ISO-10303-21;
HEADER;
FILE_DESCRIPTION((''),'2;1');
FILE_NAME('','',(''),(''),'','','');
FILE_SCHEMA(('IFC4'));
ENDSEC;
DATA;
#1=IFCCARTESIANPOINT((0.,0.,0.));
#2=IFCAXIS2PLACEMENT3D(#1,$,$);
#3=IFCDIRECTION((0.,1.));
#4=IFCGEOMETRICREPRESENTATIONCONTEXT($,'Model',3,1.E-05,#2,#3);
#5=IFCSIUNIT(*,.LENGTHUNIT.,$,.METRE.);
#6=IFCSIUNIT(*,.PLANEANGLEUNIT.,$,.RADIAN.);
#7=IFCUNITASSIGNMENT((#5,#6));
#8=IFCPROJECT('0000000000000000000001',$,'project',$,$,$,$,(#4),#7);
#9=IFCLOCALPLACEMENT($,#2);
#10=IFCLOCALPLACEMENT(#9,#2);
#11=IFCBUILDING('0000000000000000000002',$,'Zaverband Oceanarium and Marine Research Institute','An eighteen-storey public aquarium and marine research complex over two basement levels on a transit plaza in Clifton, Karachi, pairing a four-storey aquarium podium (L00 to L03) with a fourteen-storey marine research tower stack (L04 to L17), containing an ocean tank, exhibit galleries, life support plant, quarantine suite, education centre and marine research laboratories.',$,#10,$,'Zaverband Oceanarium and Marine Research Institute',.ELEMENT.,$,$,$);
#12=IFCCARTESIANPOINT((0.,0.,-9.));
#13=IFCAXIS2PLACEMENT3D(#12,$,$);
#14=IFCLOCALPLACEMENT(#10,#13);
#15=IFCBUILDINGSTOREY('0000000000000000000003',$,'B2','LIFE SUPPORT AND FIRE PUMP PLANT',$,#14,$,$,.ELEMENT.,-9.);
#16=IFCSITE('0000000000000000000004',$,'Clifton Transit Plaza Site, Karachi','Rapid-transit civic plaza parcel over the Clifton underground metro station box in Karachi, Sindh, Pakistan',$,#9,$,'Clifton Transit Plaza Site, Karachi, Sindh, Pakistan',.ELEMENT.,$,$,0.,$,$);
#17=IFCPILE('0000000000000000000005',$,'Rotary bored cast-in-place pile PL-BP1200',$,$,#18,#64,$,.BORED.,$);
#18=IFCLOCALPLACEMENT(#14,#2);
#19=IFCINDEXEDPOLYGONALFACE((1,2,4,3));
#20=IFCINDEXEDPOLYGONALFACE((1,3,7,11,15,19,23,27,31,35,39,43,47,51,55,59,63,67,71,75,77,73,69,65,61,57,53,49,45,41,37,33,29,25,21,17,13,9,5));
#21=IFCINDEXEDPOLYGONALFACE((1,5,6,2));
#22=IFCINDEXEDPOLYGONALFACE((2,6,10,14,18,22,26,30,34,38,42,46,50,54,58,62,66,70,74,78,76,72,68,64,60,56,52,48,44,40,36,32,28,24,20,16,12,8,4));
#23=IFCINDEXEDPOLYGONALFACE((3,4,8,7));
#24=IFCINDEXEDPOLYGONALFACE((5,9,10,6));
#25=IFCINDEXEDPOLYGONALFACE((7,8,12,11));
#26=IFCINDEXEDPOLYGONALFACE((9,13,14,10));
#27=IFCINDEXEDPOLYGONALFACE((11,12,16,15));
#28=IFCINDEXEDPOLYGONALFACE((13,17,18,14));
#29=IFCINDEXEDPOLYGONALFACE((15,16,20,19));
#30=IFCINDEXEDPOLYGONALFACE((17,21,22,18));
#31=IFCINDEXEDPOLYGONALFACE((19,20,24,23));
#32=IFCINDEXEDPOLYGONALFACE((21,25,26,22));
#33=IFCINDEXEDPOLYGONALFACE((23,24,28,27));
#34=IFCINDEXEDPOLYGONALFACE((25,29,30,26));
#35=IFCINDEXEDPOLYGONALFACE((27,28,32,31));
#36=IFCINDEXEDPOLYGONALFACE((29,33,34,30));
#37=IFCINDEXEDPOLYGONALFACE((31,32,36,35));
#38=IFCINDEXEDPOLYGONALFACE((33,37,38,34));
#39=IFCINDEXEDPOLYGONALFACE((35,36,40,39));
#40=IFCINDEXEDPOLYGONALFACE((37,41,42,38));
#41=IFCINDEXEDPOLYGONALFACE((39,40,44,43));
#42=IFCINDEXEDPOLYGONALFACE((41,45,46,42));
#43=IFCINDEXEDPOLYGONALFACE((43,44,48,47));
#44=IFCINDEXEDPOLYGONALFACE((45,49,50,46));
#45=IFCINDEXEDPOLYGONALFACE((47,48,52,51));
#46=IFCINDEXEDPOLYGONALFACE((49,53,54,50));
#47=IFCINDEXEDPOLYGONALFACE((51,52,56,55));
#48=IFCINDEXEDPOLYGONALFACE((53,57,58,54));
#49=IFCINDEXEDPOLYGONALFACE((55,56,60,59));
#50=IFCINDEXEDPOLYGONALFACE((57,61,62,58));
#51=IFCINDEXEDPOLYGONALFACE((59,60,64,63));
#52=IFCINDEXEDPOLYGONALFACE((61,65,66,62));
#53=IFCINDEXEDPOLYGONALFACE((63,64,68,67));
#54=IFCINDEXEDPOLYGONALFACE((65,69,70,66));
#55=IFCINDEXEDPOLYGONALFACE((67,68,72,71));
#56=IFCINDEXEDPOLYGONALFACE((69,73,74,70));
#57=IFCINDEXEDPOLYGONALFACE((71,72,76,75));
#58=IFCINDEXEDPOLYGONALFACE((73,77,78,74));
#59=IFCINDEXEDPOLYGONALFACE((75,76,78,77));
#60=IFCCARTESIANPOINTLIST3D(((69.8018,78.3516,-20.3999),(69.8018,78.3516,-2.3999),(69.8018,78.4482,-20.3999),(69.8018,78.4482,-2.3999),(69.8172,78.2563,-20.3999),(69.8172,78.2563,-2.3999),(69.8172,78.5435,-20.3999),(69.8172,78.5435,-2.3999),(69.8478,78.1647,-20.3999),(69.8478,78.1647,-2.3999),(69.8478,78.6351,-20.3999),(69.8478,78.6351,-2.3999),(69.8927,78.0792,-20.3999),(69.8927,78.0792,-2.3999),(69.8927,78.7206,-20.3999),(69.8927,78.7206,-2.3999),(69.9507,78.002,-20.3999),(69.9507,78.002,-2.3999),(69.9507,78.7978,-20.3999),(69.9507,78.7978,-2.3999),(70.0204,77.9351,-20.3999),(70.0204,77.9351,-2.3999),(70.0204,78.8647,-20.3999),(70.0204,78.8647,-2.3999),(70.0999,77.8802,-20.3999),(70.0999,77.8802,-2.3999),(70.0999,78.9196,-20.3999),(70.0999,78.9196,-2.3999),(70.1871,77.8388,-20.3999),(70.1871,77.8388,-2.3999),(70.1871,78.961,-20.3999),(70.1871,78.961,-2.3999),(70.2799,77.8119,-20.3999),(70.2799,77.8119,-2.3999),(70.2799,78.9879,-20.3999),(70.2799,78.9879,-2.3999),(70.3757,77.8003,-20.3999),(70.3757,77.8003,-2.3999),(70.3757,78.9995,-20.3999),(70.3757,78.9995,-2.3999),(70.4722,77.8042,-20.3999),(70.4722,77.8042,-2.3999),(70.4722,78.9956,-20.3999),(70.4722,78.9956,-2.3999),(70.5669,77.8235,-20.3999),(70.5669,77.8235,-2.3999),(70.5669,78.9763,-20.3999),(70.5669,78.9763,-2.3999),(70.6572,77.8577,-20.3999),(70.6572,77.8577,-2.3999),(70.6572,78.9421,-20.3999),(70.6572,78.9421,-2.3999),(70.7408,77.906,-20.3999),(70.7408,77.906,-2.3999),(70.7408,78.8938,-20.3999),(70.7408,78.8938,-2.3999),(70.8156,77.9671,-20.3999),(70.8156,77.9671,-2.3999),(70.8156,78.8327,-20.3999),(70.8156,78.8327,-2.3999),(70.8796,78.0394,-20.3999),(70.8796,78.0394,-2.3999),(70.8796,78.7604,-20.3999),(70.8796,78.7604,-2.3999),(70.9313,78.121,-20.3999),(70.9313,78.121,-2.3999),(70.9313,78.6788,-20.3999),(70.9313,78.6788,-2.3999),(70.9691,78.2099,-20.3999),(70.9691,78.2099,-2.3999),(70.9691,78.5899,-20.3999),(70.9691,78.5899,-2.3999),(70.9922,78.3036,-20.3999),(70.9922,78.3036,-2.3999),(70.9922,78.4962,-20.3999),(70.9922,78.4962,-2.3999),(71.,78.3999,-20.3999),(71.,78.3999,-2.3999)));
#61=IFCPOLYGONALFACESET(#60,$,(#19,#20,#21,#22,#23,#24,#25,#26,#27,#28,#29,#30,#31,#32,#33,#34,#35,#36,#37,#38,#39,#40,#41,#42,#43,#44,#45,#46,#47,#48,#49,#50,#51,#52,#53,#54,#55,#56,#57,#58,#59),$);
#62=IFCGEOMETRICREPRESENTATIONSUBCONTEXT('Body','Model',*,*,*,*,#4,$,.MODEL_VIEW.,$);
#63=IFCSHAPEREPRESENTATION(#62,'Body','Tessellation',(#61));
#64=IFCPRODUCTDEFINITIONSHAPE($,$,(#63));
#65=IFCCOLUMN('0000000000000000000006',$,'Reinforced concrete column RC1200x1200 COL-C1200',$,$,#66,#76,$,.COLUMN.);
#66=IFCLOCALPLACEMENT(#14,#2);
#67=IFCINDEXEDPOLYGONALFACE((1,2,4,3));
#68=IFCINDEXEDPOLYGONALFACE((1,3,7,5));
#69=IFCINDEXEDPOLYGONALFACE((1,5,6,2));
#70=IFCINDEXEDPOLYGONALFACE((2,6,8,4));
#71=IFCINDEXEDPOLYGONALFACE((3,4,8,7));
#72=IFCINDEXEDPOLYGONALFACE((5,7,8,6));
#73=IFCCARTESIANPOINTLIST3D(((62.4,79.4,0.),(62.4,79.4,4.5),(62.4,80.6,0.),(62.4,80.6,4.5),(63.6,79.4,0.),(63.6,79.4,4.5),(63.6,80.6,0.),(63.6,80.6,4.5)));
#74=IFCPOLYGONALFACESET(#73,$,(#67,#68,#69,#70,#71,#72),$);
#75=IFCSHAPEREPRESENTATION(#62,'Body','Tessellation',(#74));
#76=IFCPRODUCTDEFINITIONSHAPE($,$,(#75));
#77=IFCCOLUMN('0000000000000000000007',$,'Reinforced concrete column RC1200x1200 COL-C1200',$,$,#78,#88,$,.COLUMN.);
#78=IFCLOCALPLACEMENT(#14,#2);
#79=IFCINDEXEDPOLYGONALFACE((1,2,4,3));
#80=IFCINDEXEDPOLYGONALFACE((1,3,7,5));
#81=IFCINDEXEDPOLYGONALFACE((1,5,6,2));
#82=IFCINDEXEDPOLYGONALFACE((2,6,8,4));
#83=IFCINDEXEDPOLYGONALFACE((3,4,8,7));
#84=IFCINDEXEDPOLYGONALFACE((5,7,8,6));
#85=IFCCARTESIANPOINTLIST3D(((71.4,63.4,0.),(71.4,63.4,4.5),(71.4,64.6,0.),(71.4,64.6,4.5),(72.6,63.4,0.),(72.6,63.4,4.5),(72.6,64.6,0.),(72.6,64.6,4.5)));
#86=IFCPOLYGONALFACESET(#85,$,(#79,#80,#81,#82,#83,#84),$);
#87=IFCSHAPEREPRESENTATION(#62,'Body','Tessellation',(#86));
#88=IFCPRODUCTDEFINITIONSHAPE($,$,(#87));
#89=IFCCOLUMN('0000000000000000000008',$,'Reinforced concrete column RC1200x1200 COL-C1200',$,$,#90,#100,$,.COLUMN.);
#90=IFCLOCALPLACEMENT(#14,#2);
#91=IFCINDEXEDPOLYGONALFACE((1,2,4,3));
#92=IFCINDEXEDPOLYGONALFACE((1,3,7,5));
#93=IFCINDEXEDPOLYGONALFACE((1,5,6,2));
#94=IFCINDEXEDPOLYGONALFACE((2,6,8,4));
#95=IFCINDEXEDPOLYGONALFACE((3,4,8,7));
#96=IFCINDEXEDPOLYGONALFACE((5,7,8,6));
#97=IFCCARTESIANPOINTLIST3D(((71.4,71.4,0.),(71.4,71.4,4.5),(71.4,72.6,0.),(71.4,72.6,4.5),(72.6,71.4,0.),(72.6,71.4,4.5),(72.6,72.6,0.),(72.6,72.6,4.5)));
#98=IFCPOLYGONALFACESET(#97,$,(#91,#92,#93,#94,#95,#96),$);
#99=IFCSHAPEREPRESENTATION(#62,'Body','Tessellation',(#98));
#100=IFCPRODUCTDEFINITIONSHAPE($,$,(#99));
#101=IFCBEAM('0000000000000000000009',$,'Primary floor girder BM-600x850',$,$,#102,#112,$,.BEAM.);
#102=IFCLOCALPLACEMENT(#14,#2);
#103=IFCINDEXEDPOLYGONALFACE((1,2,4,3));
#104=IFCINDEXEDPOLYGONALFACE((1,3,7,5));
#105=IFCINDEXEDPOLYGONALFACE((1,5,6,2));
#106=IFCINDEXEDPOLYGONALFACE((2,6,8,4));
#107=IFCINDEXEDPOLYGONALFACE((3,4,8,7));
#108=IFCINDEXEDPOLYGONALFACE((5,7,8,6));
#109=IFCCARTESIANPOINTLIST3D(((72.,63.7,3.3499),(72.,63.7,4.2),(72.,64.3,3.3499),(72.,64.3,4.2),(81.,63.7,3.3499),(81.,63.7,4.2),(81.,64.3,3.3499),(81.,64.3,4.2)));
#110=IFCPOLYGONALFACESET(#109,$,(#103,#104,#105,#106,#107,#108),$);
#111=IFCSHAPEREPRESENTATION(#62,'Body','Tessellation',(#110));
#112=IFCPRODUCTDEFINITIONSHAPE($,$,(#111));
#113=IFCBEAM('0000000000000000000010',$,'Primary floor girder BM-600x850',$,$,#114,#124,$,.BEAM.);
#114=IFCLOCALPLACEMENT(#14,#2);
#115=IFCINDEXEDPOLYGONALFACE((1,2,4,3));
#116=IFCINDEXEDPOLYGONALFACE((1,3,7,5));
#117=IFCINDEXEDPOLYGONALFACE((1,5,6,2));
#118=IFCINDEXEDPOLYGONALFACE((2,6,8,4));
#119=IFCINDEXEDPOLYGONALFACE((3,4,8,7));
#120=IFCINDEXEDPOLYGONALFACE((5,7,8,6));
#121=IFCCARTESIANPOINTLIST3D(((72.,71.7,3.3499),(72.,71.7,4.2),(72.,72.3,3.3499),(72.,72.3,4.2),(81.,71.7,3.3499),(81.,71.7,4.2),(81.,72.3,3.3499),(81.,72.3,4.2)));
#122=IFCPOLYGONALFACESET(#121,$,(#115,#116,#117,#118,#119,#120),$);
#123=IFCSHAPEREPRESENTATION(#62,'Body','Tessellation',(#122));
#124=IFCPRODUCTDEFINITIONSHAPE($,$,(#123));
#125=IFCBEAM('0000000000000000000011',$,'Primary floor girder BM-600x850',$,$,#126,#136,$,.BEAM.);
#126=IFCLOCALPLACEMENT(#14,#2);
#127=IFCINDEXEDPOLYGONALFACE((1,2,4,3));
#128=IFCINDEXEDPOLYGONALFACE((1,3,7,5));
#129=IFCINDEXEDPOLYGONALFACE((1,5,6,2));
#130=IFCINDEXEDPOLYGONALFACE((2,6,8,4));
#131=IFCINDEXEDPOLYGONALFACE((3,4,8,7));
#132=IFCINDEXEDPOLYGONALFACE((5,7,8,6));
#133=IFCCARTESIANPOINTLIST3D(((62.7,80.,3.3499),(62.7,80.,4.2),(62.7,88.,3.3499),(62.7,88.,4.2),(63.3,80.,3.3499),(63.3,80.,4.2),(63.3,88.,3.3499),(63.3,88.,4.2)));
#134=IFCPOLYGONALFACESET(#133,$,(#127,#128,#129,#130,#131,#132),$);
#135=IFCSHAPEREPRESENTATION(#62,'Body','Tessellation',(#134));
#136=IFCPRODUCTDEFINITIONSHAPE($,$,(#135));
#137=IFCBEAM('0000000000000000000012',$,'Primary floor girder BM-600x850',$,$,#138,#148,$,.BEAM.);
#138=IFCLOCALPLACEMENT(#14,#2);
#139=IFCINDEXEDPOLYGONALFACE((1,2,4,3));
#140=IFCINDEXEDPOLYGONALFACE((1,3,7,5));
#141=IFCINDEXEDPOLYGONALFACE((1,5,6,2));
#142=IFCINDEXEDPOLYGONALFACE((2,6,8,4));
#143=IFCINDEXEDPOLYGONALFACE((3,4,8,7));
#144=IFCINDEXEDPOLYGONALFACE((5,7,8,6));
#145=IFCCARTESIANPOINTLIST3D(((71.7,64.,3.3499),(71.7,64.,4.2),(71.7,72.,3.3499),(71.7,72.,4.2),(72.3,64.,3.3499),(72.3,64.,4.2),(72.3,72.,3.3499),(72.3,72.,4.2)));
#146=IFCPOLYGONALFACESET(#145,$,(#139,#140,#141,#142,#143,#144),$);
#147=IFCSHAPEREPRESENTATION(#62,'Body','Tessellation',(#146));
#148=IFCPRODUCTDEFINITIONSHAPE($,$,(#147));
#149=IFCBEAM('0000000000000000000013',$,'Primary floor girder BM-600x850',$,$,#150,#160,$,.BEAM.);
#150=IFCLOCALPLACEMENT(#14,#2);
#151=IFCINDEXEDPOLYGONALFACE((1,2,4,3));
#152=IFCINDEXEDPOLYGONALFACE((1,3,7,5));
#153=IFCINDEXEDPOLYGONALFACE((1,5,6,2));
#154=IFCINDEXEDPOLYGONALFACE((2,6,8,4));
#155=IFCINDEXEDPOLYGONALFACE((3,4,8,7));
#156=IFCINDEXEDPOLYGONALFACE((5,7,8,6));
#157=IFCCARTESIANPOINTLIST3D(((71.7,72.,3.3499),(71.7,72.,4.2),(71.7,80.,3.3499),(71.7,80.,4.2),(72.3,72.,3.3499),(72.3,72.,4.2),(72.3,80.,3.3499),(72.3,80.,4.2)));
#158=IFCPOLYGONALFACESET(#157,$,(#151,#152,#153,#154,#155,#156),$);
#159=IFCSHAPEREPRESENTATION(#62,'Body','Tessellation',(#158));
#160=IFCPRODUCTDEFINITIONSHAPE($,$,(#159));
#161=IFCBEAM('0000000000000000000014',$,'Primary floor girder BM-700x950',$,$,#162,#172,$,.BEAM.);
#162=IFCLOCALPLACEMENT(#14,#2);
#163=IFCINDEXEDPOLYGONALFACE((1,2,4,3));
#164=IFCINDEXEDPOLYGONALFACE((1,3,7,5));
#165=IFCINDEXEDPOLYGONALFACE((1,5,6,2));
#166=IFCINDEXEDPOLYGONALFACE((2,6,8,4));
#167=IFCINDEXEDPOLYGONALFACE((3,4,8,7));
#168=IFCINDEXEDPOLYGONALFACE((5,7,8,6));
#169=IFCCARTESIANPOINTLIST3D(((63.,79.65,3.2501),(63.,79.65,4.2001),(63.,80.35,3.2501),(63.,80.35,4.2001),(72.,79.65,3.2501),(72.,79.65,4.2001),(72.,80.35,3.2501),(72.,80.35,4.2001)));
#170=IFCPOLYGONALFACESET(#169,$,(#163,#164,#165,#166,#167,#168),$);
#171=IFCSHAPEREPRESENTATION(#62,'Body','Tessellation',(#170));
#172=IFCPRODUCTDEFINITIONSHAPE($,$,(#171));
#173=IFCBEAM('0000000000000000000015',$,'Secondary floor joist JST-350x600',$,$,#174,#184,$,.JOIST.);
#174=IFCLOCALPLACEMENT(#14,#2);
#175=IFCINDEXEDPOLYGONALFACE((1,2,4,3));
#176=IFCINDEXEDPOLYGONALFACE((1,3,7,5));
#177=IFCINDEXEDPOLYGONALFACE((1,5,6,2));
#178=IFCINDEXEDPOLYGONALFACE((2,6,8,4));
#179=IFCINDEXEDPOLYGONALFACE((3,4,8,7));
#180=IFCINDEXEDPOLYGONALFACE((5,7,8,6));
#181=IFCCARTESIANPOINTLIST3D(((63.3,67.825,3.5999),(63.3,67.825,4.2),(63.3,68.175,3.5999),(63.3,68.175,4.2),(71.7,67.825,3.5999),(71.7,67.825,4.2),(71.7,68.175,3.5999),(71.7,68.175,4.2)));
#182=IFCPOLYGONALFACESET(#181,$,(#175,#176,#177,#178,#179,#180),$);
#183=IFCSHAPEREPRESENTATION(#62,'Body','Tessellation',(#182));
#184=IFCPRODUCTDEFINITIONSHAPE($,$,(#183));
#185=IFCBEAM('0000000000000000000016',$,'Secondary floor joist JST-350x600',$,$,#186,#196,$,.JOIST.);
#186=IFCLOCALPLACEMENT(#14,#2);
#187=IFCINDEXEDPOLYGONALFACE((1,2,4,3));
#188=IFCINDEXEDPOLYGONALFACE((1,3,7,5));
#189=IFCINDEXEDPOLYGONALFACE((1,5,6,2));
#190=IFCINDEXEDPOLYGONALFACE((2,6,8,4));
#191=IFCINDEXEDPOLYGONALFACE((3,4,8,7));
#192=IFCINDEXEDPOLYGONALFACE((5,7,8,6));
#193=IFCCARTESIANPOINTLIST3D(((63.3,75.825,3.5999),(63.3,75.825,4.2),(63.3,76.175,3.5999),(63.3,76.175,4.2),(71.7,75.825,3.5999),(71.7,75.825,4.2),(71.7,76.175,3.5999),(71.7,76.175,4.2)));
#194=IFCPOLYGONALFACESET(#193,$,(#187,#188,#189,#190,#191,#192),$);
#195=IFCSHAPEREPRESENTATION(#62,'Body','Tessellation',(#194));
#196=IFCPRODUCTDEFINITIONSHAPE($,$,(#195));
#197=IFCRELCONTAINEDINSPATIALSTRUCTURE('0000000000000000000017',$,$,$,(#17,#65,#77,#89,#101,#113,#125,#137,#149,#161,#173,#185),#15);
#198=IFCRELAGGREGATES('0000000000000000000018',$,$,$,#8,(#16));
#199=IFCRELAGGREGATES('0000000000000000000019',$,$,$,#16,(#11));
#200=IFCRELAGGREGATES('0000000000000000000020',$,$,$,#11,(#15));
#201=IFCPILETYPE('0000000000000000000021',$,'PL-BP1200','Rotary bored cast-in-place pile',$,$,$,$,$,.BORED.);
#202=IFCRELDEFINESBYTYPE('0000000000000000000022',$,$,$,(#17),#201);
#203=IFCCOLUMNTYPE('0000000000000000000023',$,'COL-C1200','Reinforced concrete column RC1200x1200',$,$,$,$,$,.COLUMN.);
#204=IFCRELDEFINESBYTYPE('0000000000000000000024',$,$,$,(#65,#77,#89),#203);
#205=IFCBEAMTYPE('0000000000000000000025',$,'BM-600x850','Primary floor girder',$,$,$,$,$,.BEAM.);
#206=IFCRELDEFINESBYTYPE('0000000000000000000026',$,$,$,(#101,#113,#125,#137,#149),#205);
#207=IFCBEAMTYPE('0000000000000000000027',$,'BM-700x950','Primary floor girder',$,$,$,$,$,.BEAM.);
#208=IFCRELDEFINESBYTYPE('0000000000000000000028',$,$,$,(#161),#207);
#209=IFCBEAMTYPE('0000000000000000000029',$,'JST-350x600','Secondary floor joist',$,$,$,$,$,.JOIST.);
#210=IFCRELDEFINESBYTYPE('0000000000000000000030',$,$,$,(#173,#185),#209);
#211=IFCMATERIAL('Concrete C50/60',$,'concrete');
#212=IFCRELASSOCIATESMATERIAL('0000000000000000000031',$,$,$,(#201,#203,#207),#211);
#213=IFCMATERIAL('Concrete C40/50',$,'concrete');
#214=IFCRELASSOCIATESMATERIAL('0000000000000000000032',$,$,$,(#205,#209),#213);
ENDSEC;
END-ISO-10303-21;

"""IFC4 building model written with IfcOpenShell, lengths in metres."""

from ifc_helpers import new_model, si_unit, direction, frame, origin, origin_2d, place, context, subcontext, project, spatial, rectangle, circle, extrude, material, material_profile, profile_set, type_object, element, save


model = new_model("IFC4")

# Units and contexts
model_context = context("Model", 3, precision=1e-05, world=origin(), true_north=direction((0.0, 1.0)))
body_context = subcontext(model_context, "Body", "Model", "MODEL_VIEW")
ifc_project = project(units=[si_unit("LENGTHUNIT", "METRE"), si_unit("PLANEANGLEUNIT", "RADIAN")], contexts=[model_context])

# Site, building, storey
site_placement = place(None, origin())
site = spatial("IfcSite", under=ifc_project, at=site_placement, Name="Clifton Transit Plaza Site, Karachi", Description="Rapid-transit civic plaza parcel over the Clifton underground metro station box in Karachi, Sindh, Pakistan", LongName="Clifton Transit Plaza Site, Karachi, Sindh, Pakistan", CompositionType="ELEMENT", RefElevation=0.0)
building_placement = place(site_placement, origin())
building = spatial("IfcBuilding", under=site, at=building_placement, Name="Zaverband Oceanarium and Marine Research Institute", Description="An eighteen-storey public aquarium and marine research complex over two basement levels on a transit plaza in Clifton, Karachi, pairing a four-storey aquarium podium (L00 to L03) with a fourteen-storey marine research tower stack (L04 to L17), containing an ocean tank, exhibit galleries, life support plant, quarantine suite, education centre and marine research laboratories.", LongName="Zaverband Oceanarium and Marine Research Institute", CompositionType="ELEMENT")
storey_placement = place(building_placement, frame((0.0, 0.0, -9.0)))
storey = spatial("IfcBuildingStorey", under=building, at=storey_placement, Name="B2", Description="LIFE SUPPORT AND FIRE PUMP PLANT", CompositionType="ELEMENT", Elevation=-9.0)

# Shared definitions
ifc_material_1 = material(Name="Concrete C50/60", Category="concrete")

# Pile
ifc_material_profile_1 = material_profile(ifc_material_1, circle(Radius=0.6001, at=origin_2d()), Name="BP1200")
ifc_profile_set_1 = profile_set([ifc_material_profile_1], Name="Concrete C50/60")
pile_type = type_object("IfcPileType", Name="PL-BP1200", Description="Rotary bored cast-in-place pile", PredefinedType="BORED", material=ifc_profile_set_1)
for number, where, z_axis, x_axis, name in (
    (1, (70.3999, 78.3999, -2.3999), (0.0, 0.0, -1.0), (1.0, 0.0, 0.0), "Rotary bored cast-in-place pile PL-BP1200"),
):
    element("IfcPile", number, at=place(storey_placement, frame(where, z_axis=z_axis, x_axis=x_axis)), inside=storey, type_object=pile_type, Name=name, PredefinedType="BORED", context=body_context, shape_type="SweptSolid", body=[
        extrude(circle(Radius=0.6001, at=origin_2d()), origin(), (0.0, 0.0, 1.0), 18.0),
    ])

# Columns
ifc_material_profile_2 = material_profile(ifc_material_1, rectangle(XDim=1.2, YDim=1.2, at=origin_2d()), Name="RC1200x1200")
ifc_profile_set_2 = profile_set([ifc_material_profile_2], Name="Concrete C50/60")
column_type = type_object("IfcColumnType", Name="COL-C1200", Description="Reinforced concrete column RC1200x1200", PredefinedType="COLUMN", material=ifc_profile_set_2)
for number, where, z_axis, x_axis, name in (
    (2, (63.0, 80.0, 0.0), (0.0, 0.0, 1.0), (1.0, 0.0, 0.0), "Reinforced concrete column RC1200x1200 COL-C1200"),
    (3, (72.0, 64.0, 0.0), (0.0, 0.0, 1.0), (1.0, 0.0, 0.0), "Reinforced concrete column RC1200x1200 COL-C1200"),
    (4, (72.0, 72.0, 0.0), (0.0, 0.0, 1.0), (1.0, 0.0, 0.0), "Reinforced concrete column RC1200x1200 COL-C1200"),
):
    element("IfcColumn", number, at=place(storey_placement, frame(where, z_axis=z_axis, x_axis=x_axis)), inside=storey, type_object=column_type, Name=name, PredefinedType="COLUMN", context=body_context, shape_type="SweptSolid", body=[
        extrude(rectangle(XDim=1.2, YDim=1.2, at=origin_2d()), origin(), (0.0, 0.0, 1.0), 4.5),
    ])

# Beams
ifc_material_2 = material(Name="Concrete C40/50", Category="concrete")
ifc_material_profile_3 = material_profile(ifc_material_2, rectangle(XDim=0.6001, YDim=0.8501, at=origin_2d()), Name="RC600x850")
ifc_profile_set_3 = profile_set([ifc_material_profile_3], Name="Concrete C40/50")
beam_type_1 = type_object("IfcBeamType", Name="BM-600x850", Description="Primary floor girder", PredefinedType="BEAM", material=ifc_profile_set_3)
for number, where, z_axis, x_axis, name in (
    (5, (72.0, 64.0, 3.7749), (1.0, 0.0, 0.0), (0.0, 1.0, 0.0), "Primary floor girder BM-600x850"),
    (6, (72.0, 72.0, 3.7749), (1.0, 0.0, 0.0), (0.0, 1.0, 0.0), "Primary floor girder BM-600x850"),
):
    element("IfcBeam", number, at=place(storey_placement, frame(where, z_axis=z_axis, x_axis=x_axis)), inside=storey, type_object=beam_type_1, Name=name, PredefinedType="BEAM", context=body_context, shape_type="SweptSolid", body=[
        extrude(rectangle(XDim=0.6001, YDim=0.8501, at=origin_2d()), origin(), (0.0, 0.0, 1.0), 9.0),
    ])
for number, where, z_axis, x_axis, name in (
    (7, (63.0, 80.0, 3.7749), (0.0, 1.0, 0.0), (-1.0, 0.0, 0.0), "Primary floor girder BM-600x850"),
    (8, (72.0, 64.0, 3.7749), (0.0, 1.0, 0.0), (-1.0, 0.0, 0.0), "Primary floor girder BM-600x850"),
    (9, (72.0, 72.0, 3.7749), (0.0, 1.0, 0.0), (-1.0, 0.0, 0.0), "Primary floor girder BM-600x850"),
):
    element("IfcBeam", number, at=place(storey_placement, frame(where, z_axis=z_axis, x_axis=x_axis)), inside=storey, type_object=beam_type_1, Name=name, PredefinedType="BEAM", context=body_context, shape_type="SweptSolid", body=[
        extrude(rectangle(XDim=0.6001, YDim=0.8501, at=origin_2d()), origin(), (0.0, 0.0, 1.0), 8.0),
    ])
ifc_material_profile_4 = material_profile(ifc_material_1, rectangle(XDim=0.7, YDim=0.95, at=origin_2d()), Name="RC700x950")
ifc_profile_set_4 = profile_set([ifc_material_profile_4], Name="Concrete C50/60")
beam_type_2 = type_object("IfcBeamType", Name="BM-700x950", Description="Primary floor girder", PredefinedType="BEAM", material=ifc_profile_set_4)
beam_placement = place(storey_placement, frame((63.0, 80.0, 3.7251), z_axis=(1.0, 0.0, 0.0), x_axis=(0.0, 1.0, 0.0)))
element("IfcBeam", 10, at=beam_placement, inside=storey, type_object=beam_type_2, Name="Primary floor girder BM-700x950", PredefinedType="BEAM", context=body_context, shape_type="SweptSolid", body=[
    extrude(rectangle(XDim=0.7, YDim=0.95, at=origin_2d()), origin(), (0.0, 0.0, 1.0), 9.0),
])
ifc_material_profile_5 = material_profile(ifc_material_2, rectangle(XDim=0.3501, YDim=0.6001, at=origin_2d()), Name="RC350x600")
ifc_profile_set_5 = profile_set([ifc_material_profile_5], Name="Concrete C40/50")
beam_type_3 = type_object("IfcBeamType", Name="JST-350x600", Description="Secondary floor joist", PredefinedType="JOIST", material=ifc_profile_set_5)
for number, where, z_axis, x_axis, name in (
    (11, (63.3, 68.0, 3.8999), (1.0, 0.0, 0.0), (0.0, 1.0, 0.0), "Secondary floor joist JST-350x600"),
    (12, (63.3, 76.0, 3.8999), (1.0, 0.0, 0.0), (0.0, 1.0, 0.0), "Secondary floor joist JST-350x600"),
):
    element("IfcBeam", number, at=place(storey_placement, frame(where, z_axis=z_axis, x_axis=x_axis)), inside=storey, type_object=beam_type_3, Name=name, PredefinedType="JOIST", context=body_context, shape_type="SweptSolid", body=[
        extrude(rectangle(XDim=0.3501, YDim=0.6001, at=origin_2d()), origin(), (0.0, 0.0, 1.0), 8.3999),
    ])

save(model, "model.ifc")
